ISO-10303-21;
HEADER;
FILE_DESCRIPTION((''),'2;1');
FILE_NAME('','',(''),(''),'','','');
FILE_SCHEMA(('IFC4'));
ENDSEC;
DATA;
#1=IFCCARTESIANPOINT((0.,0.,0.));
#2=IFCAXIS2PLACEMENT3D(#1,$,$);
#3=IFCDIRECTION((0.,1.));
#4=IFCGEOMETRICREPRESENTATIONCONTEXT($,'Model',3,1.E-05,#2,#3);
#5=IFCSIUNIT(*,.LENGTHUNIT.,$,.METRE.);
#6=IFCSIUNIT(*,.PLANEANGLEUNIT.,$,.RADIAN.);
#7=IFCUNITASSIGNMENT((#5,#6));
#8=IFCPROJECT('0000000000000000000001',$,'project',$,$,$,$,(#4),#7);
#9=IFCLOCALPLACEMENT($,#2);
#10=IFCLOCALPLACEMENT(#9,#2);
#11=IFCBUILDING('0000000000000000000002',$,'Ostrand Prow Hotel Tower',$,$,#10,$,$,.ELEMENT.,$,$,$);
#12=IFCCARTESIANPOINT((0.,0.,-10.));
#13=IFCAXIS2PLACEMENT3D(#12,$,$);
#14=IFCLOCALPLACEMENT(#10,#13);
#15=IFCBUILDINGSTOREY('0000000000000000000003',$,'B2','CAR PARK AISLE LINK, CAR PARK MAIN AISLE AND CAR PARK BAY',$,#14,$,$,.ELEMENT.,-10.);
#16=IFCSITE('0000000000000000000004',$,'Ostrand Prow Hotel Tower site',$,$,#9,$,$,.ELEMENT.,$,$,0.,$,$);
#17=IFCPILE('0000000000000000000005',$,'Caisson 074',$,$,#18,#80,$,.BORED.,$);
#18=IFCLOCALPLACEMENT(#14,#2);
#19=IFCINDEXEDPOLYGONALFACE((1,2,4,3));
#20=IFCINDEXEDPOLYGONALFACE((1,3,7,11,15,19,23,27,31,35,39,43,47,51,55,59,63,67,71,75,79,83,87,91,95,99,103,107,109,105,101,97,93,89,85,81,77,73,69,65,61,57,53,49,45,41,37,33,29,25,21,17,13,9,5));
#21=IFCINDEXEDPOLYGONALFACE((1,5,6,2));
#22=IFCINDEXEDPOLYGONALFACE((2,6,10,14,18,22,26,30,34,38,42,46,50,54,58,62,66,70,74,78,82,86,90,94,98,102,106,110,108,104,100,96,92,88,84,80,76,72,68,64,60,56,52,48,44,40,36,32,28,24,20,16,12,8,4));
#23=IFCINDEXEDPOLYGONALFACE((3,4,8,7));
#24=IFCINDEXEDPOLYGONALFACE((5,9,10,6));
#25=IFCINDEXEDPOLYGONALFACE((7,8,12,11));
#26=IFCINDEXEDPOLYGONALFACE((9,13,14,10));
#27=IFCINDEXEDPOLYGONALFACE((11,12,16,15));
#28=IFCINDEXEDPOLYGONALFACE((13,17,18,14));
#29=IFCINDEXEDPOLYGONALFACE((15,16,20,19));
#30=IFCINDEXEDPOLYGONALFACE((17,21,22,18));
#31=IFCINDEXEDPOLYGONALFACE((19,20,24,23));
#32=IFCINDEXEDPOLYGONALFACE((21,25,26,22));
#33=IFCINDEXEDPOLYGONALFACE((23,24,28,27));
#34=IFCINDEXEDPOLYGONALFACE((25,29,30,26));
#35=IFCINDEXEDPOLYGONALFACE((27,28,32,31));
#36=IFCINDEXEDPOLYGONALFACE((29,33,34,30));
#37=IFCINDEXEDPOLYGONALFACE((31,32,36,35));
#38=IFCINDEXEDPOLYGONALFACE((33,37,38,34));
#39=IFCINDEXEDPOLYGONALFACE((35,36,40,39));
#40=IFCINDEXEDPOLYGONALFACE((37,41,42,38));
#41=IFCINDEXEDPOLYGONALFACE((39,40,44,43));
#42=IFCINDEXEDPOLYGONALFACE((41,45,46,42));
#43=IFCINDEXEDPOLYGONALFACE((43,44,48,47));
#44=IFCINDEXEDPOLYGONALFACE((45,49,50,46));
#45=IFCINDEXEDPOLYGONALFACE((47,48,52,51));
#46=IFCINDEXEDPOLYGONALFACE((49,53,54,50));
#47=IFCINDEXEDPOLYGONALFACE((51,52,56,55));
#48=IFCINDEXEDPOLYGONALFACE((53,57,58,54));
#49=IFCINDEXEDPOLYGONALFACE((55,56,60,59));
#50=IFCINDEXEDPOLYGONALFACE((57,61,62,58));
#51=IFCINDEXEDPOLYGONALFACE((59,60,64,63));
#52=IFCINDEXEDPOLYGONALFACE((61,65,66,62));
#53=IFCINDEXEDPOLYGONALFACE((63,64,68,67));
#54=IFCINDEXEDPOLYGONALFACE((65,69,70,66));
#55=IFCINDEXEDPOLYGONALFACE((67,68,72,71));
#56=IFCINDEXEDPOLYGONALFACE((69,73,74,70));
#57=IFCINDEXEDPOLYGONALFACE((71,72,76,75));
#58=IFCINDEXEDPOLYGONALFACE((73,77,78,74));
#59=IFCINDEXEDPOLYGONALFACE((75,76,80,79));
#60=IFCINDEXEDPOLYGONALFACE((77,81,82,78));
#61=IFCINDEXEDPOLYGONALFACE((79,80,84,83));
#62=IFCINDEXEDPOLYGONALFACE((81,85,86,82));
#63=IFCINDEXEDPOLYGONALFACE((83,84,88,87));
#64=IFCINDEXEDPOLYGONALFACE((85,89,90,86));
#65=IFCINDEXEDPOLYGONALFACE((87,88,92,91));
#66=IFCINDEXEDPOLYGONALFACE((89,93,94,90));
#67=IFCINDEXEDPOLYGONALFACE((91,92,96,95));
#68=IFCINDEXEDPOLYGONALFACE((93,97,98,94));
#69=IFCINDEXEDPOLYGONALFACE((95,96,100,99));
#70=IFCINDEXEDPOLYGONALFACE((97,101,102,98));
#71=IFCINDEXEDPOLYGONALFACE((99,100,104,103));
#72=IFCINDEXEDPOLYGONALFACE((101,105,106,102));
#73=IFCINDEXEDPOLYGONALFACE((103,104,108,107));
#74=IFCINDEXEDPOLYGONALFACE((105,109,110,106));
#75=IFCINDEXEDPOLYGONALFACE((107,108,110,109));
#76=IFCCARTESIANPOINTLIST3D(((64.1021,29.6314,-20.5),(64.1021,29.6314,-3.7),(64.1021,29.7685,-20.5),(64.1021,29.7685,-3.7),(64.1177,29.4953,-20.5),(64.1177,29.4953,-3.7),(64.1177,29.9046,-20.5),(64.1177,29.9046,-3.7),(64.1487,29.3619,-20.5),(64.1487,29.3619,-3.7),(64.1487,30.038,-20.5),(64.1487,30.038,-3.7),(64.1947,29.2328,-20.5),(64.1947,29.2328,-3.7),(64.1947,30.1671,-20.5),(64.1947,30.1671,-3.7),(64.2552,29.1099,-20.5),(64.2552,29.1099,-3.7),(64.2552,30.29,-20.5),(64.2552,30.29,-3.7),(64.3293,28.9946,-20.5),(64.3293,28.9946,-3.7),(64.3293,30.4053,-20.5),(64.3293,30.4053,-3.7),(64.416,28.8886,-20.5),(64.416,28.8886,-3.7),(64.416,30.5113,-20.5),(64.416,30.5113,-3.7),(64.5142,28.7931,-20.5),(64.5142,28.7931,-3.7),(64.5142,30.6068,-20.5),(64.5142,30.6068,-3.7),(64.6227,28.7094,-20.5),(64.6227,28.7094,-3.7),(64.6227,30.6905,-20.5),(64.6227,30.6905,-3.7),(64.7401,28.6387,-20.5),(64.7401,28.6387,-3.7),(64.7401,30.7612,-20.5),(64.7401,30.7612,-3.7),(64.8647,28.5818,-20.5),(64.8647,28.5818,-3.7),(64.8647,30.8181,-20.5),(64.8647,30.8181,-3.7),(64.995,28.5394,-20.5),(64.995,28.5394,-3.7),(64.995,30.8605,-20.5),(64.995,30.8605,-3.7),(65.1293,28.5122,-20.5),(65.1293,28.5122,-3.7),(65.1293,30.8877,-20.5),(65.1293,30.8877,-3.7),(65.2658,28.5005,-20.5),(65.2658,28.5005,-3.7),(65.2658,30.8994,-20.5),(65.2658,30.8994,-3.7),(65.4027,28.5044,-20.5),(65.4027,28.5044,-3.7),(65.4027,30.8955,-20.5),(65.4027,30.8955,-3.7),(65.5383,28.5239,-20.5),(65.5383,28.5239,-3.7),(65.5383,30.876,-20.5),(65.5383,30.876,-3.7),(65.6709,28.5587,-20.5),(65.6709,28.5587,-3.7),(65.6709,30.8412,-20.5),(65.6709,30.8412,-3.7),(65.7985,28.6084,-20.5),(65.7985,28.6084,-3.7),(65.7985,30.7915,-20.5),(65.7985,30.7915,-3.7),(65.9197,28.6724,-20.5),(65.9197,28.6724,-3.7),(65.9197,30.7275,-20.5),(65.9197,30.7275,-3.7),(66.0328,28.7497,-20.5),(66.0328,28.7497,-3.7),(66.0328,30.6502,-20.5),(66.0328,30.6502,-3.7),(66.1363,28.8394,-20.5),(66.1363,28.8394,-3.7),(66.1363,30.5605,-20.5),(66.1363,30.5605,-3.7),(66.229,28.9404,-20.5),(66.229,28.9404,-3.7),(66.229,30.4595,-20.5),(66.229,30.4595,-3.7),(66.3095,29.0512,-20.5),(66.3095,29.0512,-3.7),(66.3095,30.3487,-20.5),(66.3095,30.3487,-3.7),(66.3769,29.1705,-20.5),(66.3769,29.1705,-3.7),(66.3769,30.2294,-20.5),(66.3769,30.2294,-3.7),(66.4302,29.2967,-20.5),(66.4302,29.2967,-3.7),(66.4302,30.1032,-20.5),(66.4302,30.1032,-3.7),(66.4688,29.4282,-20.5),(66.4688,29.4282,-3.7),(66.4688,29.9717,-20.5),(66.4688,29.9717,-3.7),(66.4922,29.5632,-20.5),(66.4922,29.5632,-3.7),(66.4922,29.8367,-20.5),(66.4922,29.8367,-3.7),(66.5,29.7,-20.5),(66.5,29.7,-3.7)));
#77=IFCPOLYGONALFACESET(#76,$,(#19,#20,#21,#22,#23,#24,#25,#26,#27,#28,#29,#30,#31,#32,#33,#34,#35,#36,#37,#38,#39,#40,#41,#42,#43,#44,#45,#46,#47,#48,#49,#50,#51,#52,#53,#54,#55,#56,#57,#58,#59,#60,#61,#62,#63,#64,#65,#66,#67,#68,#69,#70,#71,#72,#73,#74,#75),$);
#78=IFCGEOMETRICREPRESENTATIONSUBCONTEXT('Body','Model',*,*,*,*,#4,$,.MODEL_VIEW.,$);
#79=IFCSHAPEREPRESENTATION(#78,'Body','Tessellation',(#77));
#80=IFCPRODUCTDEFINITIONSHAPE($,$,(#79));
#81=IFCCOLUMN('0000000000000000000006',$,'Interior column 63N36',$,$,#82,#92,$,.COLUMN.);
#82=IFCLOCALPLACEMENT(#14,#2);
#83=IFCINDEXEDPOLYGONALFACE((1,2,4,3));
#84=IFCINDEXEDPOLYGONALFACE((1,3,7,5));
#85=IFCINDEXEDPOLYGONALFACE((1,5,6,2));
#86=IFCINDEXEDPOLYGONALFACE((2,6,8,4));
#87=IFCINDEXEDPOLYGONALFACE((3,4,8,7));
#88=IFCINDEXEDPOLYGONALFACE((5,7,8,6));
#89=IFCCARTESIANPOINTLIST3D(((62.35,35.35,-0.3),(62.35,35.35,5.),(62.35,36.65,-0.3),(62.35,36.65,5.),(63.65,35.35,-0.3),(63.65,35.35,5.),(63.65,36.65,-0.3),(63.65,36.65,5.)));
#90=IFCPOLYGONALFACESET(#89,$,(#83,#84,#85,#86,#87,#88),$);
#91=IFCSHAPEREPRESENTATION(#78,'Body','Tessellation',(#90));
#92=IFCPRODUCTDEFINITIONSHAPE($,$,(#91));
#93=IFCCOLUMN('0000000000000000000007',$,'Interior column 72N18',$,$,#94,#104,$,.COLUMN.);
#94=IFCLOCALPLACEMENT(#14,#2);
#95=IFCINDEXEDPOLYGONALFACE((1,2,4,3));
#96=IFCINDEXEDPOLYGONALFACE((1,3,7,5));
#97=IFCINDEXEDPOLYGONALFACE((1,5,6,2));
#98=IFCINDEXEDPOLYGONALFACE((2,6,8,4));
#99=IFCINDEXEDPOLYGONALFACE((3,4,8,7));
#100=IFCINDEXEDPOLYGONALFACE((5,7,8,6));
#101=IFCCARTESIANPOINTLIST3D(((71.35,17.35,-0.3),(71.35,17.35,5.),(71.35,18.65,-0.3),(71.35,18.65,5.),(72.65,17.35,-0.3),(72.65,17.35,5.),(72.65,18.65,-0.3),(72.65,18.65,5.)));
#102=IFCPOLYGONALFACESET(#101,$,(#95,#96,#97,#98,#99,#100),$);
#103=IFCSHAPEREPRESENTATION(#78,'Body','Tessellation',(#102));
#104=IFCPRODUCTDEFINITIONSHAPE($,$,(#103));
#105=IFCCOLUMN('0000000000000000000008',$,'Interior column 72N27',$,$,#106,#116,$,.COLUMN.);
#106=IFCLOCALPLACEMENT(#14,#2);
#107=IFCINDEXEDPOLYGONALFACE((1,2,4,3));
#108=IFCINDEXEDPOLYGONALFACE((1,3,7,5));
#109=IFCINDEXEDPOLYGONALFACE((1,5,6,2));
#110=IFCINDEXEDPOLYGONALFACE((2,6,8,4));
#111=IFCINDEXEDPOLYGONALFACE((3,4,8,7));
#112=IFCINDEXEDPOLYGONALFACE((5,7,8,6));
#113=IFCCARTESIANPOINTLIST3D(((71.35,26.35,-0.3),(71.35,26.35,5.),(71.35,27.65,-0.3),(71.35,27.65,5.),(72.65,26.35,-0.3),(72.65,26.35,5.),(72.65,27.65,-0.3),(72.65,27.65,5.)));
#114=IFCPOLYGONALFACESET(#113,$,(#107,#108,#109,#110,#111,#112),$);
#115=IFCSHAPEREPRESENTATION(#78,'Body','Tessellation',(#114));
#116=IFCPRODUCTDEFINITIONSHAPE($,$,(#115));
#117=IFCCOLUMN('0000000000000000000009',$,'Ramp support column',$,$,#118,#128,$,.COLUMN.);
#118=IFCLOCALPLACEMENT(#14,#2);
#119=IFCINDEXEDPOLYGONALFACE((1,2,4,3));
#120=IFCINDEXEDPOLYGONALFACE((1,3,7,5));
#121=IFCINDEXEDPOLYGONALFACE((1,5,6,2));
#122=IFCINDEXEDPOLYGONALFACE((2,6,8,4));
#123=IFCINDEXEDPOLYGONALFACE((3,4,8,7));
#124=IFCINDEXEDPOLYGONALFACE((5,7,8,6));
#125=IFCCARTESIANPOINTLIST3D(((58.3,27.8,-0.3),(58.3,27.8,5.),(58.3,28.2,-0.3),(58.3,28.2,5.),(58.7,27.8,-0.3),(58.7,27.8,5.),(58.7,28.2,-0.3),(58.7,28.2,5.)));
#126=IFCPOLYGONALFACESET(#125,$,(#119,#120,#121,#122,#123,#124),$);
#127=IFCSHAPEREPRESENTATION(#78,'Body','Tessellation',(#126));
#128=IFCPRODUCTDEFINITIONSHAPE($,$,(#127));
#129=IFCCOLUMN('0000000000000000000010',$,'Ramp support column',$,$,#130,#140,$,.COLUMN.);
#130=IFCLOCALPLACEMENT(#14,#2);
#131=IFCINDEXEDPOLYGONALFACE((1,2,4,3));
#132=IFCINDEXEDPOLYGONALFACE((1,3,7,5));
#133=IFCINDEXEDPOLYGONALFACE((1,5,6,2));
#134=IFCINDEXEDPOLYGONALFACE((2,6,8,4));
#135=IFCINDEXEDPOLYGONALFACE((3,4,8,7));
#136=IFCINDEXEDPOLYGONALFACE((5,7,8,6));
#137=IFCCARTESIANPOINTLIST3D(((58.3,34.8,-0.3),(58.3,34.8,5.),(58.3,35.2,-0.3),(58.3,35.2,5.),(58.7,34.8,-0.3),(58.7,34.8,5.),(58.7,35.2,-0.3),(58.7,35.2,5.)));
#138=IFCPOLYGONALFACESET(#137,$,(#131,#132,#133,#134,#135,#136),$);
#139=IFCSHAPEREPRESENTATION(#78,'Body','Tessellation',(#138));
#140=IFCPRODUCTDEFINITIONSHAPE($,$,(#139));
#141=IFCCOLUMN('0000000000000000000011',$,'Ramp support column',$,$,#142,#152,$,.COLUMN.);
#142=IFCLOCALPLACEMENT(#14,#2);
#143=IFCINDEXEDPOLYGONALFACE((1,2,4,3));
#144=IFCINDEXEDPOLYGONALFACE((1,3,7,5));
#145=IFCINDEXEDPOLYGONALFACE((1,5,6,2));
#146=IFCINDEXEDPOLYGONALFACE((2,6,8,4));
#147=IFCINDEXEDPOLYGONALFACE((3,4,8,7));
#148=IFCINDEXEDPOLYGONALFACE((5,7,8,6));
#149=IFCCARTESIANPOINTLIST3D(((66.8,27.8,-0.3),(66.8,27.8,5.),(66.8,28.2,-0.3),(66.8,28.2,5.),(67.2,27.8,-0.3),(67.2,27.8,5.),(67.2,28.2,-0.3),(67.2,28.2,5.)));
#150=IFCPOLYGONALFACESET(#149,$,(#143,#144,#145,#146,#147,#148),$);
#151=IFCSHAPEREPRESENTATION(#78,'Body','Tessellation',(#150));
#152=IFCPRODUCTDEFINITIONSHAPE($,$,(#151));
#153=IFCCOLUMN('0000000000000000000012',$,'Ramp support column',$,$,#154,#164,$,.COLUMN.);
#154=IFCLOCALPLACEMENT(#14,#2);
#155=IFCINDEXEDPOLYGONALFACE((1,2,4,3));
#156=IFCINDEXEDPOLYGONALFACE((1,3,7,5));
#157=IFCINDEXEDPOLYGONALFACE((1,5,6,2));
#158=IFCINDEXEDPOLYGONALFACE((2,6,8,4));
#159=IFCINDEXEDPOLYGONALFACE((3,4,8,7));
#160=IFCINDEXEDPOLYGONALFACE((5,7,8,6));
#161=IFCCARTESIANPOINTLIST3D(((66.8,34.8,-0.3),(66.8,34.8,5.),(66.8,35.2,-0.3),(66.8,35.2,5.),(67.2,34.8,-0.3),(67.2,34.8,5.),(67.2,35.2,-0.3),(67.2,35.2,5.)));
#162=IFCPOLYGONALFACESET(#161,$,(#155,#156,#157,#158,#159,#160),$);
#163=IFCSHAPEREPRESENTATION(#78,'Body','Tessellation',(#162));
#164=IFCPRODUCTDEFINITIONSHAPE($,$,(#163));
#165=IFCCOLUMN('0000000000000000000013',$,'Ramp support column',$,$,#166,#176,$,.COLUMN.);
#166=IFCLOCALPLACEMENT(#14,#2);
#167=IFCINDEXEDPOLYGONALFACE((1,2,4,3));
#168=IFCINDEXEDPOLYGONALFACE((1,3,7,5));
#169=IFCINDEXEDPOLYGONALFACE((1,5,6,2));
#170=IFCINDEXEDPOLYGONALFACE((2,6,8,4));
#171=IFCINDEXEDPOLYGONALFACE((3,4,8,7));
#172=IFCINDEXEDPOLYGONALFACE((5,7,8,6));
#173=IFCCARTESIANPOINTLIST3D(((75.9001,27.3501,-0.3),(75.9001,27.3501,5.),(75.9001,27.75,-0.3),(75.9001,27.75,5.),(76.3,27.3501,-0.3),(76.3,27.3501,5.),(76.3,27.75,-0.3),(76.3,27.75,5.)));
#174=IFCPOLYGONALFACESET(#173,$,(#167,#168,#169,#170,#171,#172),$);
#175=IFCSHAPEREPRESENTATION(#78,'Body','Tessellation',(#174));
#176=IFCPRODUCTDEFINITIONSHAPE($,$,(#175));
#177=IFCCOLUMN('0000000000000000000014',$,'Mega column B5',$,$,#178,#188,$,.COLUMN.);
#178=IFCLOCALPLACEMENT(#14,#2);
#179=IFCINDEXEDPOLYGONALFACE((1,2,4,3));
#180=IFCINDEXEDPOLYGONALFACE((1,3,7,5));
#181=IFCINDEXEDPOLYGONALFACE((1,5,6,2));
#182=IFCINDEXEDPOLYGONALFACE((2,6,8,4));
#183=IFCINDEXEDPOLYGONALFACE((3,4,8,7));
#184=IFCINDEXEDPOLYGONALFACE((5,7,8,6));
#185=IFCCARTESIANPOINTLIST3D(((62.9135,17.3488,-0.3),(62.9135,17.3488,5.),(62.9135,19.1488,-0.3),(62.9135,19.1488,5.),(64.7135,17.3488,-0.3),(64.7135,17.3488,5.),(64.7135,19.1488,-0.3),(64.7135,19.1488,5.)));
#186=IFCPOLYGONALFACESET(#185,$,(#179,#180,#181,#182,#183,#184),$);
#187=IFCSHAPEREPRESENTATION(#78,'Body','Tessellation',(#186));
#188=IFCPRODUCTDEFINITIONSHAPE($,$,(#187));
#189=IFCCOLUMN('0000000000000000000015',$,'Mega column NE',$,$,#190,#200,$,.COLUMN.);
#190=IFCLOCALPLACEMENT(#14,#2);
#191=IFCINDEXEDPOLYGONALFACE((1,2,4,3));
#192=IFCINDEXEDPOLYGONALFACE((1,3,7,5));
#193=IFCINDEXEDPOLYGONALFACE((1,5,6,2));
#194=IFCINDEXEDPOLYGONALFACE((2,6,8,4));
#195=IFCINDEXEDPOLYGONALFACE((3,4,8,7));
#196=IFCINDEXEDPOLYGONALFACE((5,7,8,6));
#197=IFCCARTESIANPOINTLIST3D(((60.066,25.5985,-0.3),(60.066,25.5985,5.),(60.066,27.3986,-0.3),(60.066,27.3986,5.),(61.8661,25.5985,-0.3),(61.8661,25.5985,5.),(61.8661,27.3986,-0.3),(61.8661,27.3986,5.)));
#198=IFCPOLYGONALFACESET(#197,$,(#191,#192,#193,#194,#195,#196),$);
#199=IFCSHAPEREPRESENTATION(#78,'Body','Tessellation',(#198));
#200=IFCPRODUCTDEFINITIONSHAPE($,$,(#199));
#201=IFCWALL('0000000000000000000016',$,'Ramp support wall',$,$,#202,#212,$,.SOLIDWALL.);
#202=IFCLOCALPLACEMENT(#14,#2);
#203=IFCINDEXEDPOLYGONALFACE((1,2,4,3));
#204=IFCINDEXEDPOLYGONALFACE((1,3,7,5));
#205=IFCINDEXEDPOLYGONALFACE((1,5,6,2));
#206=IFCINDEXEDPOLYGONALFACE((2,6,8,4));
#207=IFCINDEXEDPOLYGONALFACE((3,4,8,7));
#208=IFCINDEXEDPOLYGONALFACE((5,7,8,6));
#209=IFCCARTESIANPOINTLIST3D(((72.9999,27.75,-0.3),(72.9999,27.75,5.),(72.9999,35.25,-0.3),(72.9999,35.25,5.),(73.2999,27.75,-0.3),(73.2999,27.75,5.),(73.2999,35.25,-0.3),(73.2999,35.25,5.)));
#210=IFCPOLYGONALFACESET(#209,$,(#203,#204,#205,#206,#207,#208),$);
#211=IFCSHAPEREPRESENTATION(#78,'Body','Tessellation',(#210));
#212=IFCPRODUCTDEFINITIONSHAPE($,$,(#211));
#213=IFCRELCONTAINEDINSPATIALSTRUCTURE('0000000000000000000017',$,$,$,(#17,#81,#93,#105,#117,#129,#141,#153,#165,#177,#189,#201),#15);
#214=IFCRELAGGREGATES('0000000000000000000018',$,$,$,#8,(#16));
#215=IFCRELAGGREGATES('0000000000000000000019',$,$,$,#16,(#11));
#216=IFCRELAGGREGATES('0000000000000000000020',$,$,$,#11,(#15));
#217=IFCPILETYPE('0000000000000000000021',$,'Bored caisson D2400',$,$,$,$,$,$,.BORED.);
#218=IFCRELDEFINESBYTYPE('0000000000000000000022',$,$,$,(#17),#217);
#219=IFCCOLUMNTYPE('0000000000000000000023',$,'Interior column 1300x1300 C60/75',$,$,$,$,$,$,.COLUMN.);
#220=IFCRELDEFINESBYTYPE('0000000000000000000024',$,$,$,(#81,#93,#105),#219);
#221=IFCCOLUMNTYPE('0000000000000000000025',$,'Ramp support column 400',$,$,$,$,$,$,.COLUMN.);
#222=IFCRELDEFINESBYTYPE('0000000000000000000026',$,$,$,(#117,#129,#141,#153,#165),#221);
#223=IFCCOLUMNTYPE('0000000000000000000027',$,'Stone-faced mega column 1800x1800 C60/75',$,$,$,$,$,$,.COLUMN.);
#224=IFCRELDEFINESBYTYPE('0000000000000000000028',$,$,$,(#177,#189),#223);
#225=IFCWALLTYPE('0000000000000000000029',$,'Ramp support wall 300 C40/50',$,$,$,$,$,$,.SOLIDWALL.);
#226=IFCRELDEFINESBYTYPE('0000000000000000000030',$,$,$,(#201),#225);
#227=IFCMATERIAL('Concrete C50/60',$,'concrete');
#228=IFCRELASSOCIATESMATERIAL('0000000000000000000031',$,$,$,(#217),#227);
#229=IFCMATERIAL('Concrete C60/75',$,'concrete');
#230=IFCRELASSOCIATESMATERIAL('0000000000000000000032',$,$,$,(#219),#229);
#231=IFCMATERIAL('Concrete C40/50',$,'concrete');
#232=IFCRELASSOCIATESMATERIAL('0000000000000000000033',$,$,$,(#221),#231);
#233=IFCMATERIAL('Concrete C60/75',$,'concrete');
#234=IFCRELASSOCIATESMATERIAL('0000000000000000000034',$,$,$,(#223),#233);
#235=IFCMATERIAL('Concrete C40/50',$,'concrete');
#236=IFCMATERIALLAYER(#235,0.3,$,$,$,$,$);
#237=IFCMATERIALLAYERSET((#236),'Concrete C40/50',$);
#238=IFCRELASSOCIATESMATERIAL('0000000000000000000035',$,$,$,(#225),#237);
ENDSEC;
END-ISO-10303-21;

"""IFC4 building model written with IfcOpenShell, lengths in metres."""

from ifc_helpers import new_model, si_unit, direction, frame, frame_2d, origin, origin_2d, place, context, subcontext, project, spatial, rectangle, circle, extrude, material, layer, layer_set, material_profile, profile_set, type_object, element, save


model = new_model("IFC4")

# Units and contexts
model_context = context("Model", 3, precision=1e-05, world=origin(), true_north=direction((0.0, 1.0)))
body_context = subcontext(model_context, "Body", "Model", "MODEL_VIEW")
ifc_project = project(units=[si_unit("LENGTHUNIT", "METRE"), si_unit("PLANEANGLEUNIT", "RADIAN")], contexts=[model_context])

# Site, building, storey
site_placement = place(None, origin())
site = spatial("IfcSite", under=ifc_project, at=site_placement, Name="Ostrand Prow Hotel Tower site", CompositionType="ELEMENT", RefElevation=0.0)
building_placement = place(site_placement, origin())
building = spatial("IfcBuilding", under=site, at=building_placement, Name="Ostrand Prow Hotel Tower", CompositionType="ELEMENT")
storey_placement = place(building_placement, frame((0.0, 0.0, -10.0)))
storey = spatial("IfcBuildingStorey", under=building, at=storey_placement, Name="B2", Description="CAR PARK AISLE LINK, CAR PARK MAIN AISLE AND CAR PARK BAY", CompositionType="ELEMENT", Elevation=-10.0)

# Pile
ifc_material_1 = material(Name="Concrete C50/60", Category="concrete")
pile_type_1 = type_object("IfcPileType", Name="Bored caisson D2400", PredefinedType="BORED", material=ifc_material_1)
for number, where, z_axis, x_axis, name in (
    (1, (65.3, 29.7, -3.7), (0.0, 0.0, -1.0), (1.0, 0.0, 0.0), "Caisson 074"),
):
    element("IfcPile", number, at=place(storey_placement, frame(where, z_axis=z_axis, x_axis=x_axis)), inside=storey, type_object=pile_type_1, Name=name, PredefinedType="BORED", context=body_context, shape_type="SweptSolid", body=[
        extrude(circle(Radius=1.2, at=origin_2d()), origin(), (0.0, 0.0, 1.0), 16.8),
    ])

# Columns
ifc_material_2 = material(Name="Concrete C60/75", Category="concrete")
ifc_material_profile_1 = material_profile(ifc_material_2, rectangle(XDim=1.3, YDim=1.3, at=origin_2d()), Name="RC 1300x1300")
ifc_profile_set_1 = profile_set([ifc_material_profile_1], Name="Concrete C60/75")
column_type_1 = type_object("IfcColumnType", Name="Interior column 1300x1300 C60/75", PredefinedType="COLUMN", material=ifc_profile_set_1)
for number, where, z_axis, x_axis, name in (
    (2, (63.0, 36.0, -0.3), (0.0, 0.0, 1.0), (1.0, 0.0, 0.0), "Interior column 63N36"),
    (3, (72.0, 18.0, -0.3), (0.0, 0.0, 1.0), (1.0, 0.0, 0.0), "Interior column 72N18"),
    (4, (72.0, 27.0, -0.3), (0.0, 0.0, 1.0), (1.0, 0.0, 0.0), "Interior column 72N27"),
):
    element("IfcColumn", number, at=place(storey_placement, frame(where, z_axis=z_axis, x_axis=x_axis)), inside=storey, type_object=column_type_1, Name=name, PredefinedType="COLUMN", context=body_context, shape_type="SweptSolid", body=[
        extrude(rectangle(XDim=1.3, YDim=1.3, at=origin_2d()), origin(), (0.0, 0.0, 1.0), 5.3),
    ])
ifc_material_3 = material(Name="Concrete C40/50", Category="concrete")
ifc_material_profile_2 = material_profile(ifc_material_3, rectangle(XDim=0.3999, YDim=0.3999, at=origin_2d()), Name="Ramp support column 400")
ifc_profile_set_2 = profile_set([ifc_material_profile_2], Name="Concrete C40/50")
column_type_2 = type_object("IfcColumnType", Name="Ramp support column 400", PredefinedType="COLUMN", material=ifc_profile_set_2)
for number, where, z_axis, x_axis, name in (
    (5, (58.5, 28.0, -0.3), (0.0, 0.0, 1.0), (1.0, 0.0, 0.0), "Ramp support column"),
    (6, (58.5, 35.0, -0.3), (0.0, 0.0, 1.0), (1.0, 0.0, 0.0), "Ramp support column"),
    (7, (67.0, 28.0, -0.3), (0.0, 0.0, 1.0), (1.0, 0.0, 0.0), "Ramp support column"),
    (8, (67.0, 35.0, -0.3), (0.0, 0.0, 1.0), (1.0, 0.0, 0.0), "Ramp support column"),
    (9, (76.1001, 27.55, -0.3), (0.0, 0.0, 1.0), (1.0, 0.0, 0.0), "Ramp support column"),
):
    element("IfcColumn", number, at=place(storey_placement, frame(where, z_axis=z_axis, x_axis=x_axis)), inside=storey, type_object=column_type_2, Name=name, PredefinedType="COLUMN", context=body_context, shape_type="SweptSolid", body=[
        extrude(rectangle(XDim=0.3999, YDim=0.3999, at=origin_2d()), origin(), (0.0, 0.0, 1.0), 5.3),
    ])
ifc_material_4 = material(Name="Concrete C60/75", Category="concrete")
ifc_material_profile_3 = material_profile(ifc_material_4, rectangle(XDim=1.8, YDim=1.8, at=origin_2d()), Name="RC 1800x1800")
ifc_profile_set_3 = profile_set([ifc_material_profile_3], Name="Concrete C60/75")
column_type_3 = type_object("IfcColumnType", Name="Stone-faced mega column 1800x1800 C60/75", PredefinedType="COLUMN", material=ifc_profile_set_3)
for number, where, z_axis, x_axis, name in (
    (10, (63.8135, 18.2488, -0.3), (0.0, 0.0, 1.0), (1.0, 0.0, 0.0), "Mega column B5"),
    (11, (60.9661, 26.4985, -0.3), (0.0, 0.0, 1.0), (1.0, 0.0, 0.0), "Mega column NE"),
):
    element("IfcColumn", number, at=place(storey_placement, frame(where, z_axis=z_axis, x_axis=x_axis)), inside=storey, type_object=column_type_3, Name=name, PredefinedType="COLUMN", context=body_context, shape_type="SweptSolid", body=[
        extrude(rectangle(XDim=1.8, YDim=1.8, at=origin_2d()), origin(), (0.0, 0.0, 1.0), 5.3),
    ])

# Wall
ifc_material_5 = material(Name="Concrete C40/50", Category="concrete")
ifc_layer_1 = layer(ifc_material_5, 0.3)
ifc_layer_set_1 = layer_set([ifc_layer_1], Name="Concrete C40/50")
wall_type_1 = type_object("IfcWallType", Name="Ramp support wall 300 C40/50", PredefinedType="SOLIDWALL", material=ifc_layer_set_1)
wall_1_placement = place(storey_placement, frame((73.1499, 27.75, -0.3), z_axis=(0.0, 0.0, 1.0), x_axis=(0.0, 1.0, 0.0)))
element("IfcWall", 12, at=wall_1_placement, inside=storey, type_object=wall_type_1, Name="Ramp support wall", PredefinedType="SOLIDWALL", context=body_context, shape_type="SweptSolid", body=[
    extrude(rectangle(XDim=7.5, YDim=0.3, at=frame_2d((3.75, 0.0))), origin(), (0.0, 0.0, 1.0), 5.3),
])

save(model, "model.ifc")
